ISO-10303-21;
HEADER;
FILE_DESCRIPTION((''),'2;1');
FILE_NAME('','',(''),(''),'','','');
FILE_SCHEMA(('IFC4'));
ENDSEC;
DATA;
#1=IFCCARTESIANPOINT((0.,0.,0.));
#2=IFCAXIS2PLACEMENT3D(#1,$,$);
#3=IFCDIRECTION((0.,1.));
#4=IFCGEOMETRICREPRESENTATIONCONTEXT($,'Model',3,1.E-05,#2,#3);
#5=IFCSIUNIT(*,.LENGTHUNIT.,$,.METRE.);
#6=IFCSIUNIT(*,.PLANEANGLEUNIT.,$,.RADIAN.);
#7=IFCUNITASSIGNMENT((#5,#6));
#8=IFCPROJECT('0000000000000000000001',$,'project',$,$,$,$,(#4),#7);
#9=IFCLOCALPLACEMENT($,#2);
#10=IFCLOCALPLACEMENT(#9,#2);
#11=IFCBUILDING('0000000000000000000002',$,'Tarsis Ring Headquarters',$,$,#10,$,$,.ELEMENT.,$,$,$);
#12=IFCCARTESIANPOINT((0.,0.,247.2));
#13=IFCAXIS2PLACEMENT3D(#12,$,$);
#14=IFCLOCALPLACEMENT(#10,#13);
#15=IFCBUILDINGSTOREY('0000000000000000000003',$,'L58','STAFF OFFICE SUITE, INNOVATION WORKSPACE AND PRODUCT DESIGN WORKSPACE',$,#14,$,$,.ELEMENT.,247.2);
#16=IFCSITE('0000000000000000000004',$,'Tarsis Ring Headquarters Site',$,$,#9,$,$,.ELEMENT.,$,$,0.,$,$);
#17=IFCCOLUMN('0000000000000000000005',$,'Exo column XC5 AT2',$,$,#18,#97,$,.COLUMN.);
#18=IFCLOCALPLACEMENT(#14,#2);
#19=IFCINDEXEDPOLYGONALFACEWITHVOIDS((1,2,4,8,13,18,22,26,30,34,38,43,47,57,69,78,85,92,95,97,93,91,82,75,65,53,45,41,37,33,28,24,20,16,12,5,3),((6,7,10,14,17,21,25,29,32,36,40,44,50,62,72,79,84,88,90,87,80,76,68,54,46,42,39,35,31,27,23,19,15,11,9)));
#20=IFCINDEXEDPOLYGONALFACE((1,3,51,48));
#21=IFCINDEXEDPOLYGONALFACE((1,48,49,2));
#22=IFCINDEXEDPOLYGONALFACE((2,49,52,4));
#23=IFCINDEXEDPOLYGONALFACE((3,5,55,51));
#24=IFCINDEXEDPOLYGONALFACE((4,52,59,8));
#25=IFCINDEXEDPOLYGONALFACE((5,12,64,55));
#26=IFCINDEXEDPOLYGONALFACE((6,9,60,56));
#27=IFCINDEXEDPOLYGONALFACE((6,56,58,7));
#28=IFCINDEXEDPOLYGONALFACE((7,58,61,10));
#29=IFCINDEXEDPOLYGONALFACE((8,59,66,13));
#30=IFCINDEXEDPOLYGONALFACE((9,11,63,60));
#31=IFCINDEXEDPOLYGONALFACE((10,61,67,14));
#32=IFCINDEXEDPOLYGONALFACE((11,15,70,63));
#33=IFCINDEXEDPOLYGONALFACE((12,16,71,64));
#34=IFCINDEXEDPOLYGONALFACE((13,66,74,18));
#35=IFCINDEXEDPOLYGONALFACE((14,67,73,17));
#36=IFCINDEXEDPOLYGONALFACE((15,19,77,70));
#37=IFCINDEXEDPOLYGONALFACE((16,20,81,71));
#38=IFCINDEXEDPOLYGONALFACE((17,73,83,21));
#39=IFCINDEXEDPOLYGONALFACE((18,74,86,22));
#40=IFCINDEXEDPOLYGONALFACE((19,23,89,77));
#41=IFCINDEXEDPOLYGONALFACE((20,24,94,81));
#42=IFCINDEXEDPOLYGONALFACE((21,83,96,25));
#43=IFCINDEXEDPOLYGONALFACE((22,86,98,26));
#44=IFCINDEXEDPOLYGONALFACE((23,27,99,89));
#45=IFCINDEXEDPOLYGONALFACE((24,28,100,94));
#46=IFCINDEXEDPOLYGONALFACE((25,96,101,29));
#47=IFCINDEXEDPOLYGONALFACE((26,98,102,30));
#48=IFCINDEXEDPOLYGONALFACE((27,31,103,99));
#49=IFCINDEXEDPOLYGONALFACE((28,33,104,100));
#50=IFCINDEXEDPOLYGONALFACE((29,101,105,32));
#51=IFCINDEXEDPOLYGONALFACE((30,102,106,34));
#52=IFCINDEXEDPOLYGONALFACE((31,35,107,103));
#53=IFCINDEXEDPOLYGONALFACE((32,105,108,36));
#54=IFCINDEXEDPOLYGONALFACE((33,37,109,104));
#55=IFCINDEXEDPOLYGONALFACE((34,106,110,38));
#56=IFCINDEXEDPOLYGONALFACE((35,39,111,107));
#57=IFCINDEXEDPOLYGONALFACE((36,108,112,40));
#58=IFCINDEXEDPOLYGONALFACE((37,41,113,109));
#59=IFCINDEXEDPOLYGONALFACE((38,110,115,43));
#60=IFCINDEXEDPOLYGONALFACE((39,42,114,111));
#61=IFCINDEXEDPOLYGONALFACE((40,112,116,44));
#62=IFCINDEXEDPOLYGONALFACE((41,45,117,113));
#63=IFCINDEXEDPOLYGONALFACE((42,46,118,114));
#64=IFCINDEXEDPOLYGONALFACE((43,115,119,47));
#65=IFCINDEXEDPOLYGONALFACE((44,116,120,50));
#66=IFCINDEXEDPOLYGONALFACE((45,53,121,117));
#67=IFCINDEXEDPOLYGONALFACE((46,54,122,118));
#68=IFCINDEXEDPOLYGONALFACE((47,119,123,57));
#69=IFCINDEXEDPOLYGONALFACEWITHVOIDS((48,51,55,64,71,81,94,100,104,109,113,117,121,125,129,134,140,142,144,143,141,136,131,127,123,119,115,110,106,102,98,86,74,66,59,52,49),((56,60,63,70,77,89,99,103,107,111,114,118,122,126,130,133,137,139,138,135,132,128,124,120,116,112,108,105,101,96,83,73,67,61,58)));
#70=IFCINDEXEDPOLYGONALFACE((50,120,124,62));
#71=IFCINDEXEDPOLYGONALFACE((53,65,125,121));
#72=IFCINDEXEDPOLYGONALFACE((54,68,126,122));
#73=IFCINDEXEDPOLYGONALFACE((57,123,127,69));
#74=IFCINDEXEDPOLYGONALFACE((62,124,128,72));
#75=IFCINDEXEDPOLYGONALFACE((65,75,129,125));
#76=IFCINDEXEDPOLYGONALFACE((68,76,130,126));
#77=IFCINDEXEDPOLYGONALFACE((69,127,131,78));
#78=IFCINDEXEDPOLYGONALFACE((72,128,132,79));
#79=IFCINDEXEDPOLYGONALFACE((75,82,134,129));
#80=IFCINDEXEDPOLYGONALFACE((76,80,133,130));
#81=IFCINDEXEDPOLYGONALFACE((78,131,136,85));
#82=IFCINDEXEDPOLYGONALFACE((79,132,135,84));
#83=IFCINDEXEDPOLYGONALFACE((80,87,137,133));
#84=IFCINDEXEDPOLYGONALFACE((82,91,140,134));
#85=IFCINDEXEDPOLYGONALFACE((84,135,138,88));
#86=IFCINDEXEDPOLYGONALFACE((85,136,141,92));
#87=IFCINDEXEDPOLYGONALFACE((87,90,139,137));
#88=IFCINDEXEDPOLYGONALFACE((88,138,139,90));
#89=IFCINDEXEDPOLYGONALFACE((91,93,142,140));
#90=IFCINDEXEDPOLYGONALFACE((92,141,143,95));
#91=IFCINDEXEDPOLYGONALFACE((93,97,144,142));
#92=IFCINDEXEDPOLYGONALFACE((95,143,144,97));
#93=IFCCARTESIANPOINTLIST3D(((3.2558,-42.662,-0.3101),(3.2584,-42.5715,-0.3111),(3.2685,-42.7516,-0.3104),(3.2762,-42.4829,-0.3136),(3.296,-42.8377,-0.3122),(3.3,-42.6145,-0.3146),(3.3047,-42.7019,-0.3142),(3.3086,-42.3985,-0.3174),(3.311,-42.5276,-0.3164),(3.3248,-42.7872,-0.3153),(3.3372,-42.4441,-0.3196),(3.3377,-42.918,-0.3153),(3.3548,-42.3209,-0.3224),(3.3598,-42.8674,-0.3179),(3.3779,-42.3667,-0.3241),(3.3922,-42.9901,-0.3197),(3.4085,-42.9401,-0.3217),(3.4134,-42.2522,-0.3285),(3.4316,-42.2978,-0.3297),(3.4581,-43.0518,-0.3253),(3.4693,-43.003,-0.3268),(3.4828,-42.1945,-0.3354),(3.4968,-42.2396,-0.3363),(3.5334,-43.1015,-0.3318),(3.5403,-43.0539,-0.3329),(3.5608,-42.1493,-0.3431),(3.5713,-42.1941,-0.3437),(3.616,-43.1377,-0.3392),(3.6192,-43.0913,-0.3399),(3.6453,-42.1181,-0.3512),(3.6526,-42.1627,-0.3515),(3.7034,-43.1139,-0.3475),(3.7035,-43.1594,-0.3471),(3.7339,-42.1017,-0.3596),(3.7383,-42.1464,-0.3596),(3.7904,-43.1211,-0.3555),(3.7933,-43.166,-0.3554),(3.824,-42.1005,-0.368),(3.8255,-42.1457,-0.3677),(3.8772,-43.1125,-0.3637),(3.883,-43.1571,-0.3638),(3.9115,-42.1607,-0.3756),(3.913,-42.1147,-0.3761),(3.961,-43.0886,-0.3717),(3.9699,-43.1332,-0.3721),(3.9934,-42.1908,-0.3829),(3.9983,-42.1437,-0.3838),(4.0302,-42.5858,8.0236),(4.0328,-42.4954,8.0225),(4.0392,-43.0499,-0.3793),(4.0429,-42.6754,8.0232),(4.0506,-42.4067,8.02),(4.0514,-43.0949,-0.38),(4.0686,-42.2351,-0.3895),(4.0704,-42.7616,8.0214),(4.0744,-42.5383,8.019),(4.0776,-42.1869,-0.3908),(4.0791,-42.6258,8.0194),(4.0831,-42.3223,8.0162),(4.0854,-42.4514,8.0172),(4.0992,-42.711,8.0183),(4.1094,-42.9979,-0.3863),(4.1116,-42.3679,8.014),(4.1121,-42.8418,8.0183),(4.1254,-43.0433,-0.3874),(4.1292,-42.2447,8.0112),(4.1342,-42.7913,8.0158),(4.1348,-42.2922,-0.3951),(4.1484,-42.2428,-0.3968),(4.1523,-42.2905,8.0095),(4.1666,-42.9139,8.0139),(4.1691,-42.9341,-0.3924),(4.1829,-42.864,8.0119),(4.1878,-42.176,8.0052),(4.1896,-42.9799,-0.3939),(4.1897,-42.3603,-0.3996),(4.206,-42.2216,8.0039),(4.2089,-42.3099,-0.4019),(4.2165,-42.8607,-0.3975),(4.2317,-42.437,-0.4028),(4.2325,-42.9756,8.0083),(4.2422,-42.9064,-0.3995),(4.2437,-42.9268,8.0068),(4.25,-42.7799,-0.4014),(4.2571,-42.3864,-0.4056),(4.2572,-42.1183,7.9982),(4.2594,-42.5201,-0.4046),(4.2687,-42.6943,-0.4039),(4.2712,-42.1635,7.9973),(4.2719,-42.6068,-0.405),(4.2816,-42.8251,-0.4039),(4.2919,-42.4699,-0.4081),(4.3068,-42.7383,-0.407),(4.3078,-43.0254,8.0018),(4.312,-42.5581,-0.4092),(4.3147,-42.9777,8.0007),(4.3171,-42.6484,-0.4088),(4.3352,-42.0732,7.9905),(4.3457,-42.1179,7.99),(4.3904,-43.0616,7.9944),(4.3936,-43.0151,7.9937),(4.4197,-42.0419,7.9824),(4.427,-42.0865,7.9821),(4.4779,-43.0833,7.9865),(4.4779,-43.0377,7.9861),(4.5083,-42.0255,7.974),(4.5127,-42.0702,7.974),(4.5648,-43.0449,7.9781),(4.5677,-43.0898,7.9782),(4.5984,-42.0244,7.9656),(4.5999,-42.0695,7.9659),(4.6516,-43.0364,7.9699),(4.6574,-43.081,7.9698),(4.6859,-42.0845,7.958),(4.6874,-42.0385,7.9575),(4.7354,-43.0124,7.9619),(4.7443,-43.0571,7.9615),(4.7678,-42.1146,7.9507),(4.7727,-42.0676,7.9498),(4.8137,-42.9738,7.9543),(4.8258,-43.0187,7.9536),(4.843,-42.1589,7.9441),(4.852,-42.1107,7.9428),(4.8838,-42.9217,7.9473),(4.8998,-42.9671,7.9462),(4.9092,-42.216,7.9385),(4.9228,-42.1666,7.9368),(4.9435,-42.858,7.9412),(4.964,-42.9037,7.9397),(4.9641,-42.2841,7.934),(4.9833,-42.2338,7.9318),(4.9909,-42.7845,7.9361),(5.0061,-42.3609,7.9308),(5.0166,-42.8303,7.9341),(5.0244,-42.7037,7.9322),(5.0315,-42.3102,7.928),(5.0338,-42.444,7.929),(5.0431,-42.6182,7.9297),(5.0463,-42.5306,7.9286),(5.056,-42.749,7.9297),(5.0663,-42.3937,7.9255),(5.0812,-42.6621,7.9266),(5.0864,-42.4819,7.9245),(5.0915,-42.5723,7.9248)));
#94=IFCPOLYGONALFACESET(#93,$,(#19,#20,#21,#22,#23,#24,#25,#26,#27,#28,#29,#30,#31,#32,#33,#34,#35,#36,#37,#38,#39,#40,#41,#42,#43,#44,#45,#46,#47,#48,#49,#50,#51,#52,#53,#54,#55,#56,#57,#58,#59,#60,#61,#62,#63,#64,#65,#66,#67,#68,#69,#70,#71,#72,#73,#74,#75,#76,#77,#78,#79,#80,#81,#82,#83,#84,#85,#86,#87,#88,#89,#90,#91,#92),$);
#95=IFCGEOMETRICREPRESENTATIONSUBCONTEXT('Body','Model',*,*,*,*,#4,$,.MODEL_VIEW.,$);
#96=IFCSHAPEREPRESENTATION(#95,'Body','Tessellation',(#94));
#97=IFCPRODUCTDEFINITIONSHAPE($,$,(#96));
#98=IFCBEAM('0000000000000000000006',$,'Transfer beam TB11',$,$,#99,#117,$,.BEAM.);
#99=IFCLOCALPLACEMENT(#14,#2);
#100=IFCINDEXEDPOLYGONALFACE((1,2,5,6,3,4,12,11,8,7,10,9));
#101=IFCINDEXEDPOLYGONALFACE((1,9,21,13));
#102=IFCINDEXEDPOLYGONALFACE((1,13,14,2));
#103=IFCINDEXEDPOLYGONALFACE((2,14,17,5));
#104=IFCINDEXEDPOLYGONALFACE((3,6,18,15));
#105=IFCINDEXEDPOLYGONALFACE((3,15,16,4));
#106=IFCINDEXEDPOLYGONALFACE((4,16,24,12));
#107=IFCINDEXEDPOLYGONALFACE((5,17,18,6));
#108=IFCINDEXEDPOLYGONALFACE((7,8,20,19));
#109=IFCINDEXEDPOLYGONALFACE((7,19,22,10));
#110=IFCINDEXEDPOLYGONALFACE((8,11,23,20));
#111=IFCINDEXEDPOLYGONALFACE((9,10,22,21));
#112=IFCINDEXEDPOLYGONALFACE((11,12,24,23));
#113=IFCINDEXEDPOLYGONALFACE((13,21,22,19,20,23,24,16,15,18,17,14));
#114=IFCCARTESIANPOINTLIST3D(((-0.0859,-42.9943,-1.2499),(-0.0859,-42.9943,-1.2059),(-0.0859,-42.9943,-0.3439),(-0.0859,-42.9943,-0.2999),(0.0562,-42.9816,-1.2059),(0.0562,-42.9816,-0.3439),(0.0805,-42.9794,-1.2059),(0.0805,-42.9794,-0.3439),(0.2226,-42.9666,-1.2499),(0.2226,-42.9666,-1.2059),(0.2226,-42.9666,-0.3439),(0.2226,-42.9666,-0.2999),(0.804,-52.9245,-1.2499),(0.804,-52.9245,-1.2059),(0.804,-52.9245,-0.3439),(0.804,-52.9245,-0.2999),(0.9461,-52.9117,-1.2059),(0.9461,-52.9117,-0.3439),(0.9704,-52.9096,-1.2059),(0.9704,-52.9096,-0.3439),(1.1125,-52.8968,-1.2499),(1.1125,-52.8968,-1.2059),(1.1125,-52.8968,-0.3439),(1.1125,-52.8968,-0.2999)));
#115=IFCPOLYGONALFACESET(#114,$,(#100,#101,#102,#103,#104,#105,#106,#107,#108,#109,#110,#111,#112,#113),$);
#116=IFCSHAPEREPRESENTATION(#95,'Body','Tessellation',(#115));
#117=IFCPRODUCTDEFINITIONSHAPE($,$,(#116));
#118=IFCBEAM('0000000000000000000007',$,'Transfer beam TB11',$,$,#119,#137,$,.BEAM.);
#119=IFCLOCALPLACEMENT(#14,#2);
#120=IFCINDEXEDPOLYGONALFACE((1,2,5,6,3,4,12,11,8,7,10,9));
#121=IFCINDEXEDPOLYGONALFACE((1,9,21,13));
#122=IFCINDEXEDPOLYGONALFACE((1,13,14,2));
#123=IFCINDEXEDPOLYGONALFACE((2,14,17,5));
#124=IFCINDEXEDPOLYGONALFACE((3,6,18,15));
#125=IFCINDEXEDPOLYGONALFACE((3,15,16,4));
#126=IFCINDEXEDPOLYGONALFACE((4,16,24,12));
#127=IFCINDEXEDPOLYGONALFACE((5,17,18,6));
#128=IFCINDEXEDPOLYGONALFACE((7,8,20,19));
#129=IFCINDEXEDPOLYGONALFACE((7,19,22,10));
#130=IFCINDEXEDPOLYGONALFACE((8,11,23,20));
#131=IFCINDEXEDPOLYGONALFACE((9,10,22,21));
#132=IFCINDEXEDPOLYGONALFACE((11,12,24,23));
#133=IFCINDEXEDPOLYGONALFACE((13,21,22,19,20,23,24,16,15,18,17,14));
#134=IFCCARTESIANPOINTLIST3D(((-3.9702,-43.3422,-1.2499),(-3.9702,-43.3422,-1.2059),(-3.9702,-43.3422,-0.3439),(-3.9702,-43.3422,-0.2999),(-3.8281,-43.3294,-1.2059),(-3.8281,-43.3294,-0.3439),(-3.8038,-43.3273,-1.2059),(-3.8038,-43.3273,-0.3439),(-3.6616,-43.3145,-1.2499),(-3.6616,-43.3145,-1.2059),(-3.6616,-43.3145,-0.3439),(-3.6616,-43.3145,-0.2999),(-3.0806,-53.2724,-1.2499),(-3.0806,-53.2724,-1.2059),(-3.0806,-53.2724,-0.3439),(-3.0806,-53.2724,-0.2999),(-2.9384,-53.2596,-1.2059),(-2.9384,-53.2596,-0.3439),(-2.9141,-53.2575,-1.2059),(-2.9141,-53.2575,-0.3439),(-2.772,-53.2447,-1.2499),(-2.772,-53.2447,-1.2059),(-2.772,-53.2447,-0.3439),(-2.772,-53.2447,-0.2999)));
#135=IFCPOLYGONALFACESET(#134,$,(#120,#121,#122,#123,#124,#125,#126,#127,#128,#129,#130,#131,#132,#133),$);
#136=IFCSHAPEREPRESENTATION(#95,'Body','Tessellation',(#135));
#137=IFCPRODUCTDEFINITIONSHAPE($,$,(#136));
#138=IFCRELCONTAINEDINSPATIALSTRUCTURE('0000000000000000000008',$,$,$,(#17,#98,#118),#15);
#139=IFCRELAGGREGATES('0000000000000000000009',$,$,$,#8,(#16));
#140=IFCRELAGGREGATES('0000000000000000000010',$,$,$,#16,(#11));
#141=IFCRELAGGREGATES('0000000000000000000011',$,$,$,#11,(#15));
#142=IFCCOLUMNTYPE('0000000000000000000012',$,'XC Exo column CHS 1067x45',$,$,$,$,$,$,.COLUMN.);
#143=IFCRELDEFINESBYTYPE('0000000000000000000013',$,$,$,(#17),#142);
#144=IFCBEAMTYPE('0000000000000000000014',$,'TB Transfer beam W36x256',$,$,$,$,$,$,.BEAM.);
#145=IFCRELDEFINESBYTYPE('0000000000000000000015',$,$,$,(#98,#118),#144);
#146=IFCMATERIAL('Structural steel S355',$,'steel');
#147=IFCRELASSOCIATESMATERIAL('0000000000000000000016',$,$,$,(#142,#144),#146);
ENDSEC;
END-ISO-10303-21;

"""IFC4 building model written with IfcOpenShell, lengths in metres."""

from ifc_helpers import new_model, si_unit, direction, frame, origin, origin_2d, place, context, subcontext, project, spatial, hollow_circle, i_section, extrude, material, material_profile, profile_set, type_object, element, save


model = new_model("IFC4")

# Units and contexts
model_context = context("Model", 3, precision=1e-05, world=origin(), true_north=direction((0.0, 1.0)))
body_context = subcontext(model_context, "Body", "Model", "MODEL_VIEW")
ifc_project = project(units=[si_unit("LENGTHUNIT", "METRE"), si_unit("PLANEANGLEUNIT", "RADIAN")], contexts=[model_context])

# Site, building, storey
site_placement = place(None, origin())
site = spatial("IfcSite", under=ifc_project, at=site_placement, Name="Tarsis Ring Headquarters Site", CompositionType="ELEMENT", RefElevation=0.0)
building_placement = place(site_placement, origin())
building = spatial("IfcBuilding", under=site, at=building_placement, Name="Tarsis Ring Headquarters", CompositionType="ELEMENT")
storey_placement = place(building_placement, frame((0.0, 0.0, 247.2)))
storey = spatial("IfcBuildingStorey", under=building, at=storey_placement, Name="L58", Description="STAFF OFFICE SUITE, INNOVATION WORKSPACE AND PRODUCT DESIGN WORKSPACE", CompositionType="ELEMENT", Elevation=247.2)

# Column
ifc_material_1 = material(Name="Structural steel S355", Category="steel")
ifc_material_profile_1 = material_profile(ifc_material_1, hollow_circle(Radius=0.5334, WallThickness=0.0449, at=origin_2d()), Name="CHS 1067x45")
ifc_profile_set_1 = profile_set([ifc_material_profile_1], Name="Structural steel S355")
column_type = type_object("IfcColumnType", Name="XC Exo column CHS 1067x45", PredefinedType="COLUMN", material=ifc_profile_set_1)
column_placement = place(storey_placement, frame((3.7861, -42.6326, -0.3596), z_axis=(0.092523, 0.009101, 0.995669), x_axis=(-0.097888, 0.995197, 0.0)))
element("IfcColumn", 1, at=column_placement, inside=storey, type_object=column_type, Name="Exo column XC5 AT2", PredefinedType="COLUMN", context=body_context, shape_type="SweptSolid", body=[
    extrude(hollow_circle(Radius=0.5334, WallThickness=0.0449, at=origin_2d()), origin(), (0.0, 0.0, 1.0), 8.3699),
])

# Beams
ifc_material_profile_2 = material_profile(ifc_material_1, i_section(OverallWidth=0.3098, OverallDepth=0.95, WebThickness=0.0244, FlangeThickness=0.0439, at=origin_2d()), Name="W36x256")
ifc_profile_set_2 = profile_set([ifc_material_profile_2], Name="Structural steel S355")
beam_type_1 = type_object("IfcBeamType", Name="TB Transfer beam W36x256", PredefinedType="BEAM", material=ifc_profile_set_2)
for number, where, z_axis, x_axis, name in (
    (2, (0.9583, -52.9106, -0.7749), (-0.089257, 0.996009, 0.0), (-0.996009, -0.089257, 0.0), "Transfer beam TB11"),
    (3, (-2.9263, -53.2585, -0.7749), (-0.089233, 0.996011, 0.0), (-0.996011, -0.089233, 0.0), "Transfer beam TB11"),
):
    element("IfcBeam", number, at=place(storey_placement, frame(where, z_axis=z_axis, x_axis=x_axis)), inside=storey, type_object=beam_type_1, Name=name, PredefinedType="BEAM", context=body_context, shape_type="SweptSolid", body=[
        extrude(i_section(OverallWidth=0.3098, OverallDepth=0.95, WebThickness=0.0244, FlangeThickness=0.0439, at=origin_2d()), origin(), (0.0, 0.0, 1.0), 9.97),
    ])

save(model, "model.ifc")
